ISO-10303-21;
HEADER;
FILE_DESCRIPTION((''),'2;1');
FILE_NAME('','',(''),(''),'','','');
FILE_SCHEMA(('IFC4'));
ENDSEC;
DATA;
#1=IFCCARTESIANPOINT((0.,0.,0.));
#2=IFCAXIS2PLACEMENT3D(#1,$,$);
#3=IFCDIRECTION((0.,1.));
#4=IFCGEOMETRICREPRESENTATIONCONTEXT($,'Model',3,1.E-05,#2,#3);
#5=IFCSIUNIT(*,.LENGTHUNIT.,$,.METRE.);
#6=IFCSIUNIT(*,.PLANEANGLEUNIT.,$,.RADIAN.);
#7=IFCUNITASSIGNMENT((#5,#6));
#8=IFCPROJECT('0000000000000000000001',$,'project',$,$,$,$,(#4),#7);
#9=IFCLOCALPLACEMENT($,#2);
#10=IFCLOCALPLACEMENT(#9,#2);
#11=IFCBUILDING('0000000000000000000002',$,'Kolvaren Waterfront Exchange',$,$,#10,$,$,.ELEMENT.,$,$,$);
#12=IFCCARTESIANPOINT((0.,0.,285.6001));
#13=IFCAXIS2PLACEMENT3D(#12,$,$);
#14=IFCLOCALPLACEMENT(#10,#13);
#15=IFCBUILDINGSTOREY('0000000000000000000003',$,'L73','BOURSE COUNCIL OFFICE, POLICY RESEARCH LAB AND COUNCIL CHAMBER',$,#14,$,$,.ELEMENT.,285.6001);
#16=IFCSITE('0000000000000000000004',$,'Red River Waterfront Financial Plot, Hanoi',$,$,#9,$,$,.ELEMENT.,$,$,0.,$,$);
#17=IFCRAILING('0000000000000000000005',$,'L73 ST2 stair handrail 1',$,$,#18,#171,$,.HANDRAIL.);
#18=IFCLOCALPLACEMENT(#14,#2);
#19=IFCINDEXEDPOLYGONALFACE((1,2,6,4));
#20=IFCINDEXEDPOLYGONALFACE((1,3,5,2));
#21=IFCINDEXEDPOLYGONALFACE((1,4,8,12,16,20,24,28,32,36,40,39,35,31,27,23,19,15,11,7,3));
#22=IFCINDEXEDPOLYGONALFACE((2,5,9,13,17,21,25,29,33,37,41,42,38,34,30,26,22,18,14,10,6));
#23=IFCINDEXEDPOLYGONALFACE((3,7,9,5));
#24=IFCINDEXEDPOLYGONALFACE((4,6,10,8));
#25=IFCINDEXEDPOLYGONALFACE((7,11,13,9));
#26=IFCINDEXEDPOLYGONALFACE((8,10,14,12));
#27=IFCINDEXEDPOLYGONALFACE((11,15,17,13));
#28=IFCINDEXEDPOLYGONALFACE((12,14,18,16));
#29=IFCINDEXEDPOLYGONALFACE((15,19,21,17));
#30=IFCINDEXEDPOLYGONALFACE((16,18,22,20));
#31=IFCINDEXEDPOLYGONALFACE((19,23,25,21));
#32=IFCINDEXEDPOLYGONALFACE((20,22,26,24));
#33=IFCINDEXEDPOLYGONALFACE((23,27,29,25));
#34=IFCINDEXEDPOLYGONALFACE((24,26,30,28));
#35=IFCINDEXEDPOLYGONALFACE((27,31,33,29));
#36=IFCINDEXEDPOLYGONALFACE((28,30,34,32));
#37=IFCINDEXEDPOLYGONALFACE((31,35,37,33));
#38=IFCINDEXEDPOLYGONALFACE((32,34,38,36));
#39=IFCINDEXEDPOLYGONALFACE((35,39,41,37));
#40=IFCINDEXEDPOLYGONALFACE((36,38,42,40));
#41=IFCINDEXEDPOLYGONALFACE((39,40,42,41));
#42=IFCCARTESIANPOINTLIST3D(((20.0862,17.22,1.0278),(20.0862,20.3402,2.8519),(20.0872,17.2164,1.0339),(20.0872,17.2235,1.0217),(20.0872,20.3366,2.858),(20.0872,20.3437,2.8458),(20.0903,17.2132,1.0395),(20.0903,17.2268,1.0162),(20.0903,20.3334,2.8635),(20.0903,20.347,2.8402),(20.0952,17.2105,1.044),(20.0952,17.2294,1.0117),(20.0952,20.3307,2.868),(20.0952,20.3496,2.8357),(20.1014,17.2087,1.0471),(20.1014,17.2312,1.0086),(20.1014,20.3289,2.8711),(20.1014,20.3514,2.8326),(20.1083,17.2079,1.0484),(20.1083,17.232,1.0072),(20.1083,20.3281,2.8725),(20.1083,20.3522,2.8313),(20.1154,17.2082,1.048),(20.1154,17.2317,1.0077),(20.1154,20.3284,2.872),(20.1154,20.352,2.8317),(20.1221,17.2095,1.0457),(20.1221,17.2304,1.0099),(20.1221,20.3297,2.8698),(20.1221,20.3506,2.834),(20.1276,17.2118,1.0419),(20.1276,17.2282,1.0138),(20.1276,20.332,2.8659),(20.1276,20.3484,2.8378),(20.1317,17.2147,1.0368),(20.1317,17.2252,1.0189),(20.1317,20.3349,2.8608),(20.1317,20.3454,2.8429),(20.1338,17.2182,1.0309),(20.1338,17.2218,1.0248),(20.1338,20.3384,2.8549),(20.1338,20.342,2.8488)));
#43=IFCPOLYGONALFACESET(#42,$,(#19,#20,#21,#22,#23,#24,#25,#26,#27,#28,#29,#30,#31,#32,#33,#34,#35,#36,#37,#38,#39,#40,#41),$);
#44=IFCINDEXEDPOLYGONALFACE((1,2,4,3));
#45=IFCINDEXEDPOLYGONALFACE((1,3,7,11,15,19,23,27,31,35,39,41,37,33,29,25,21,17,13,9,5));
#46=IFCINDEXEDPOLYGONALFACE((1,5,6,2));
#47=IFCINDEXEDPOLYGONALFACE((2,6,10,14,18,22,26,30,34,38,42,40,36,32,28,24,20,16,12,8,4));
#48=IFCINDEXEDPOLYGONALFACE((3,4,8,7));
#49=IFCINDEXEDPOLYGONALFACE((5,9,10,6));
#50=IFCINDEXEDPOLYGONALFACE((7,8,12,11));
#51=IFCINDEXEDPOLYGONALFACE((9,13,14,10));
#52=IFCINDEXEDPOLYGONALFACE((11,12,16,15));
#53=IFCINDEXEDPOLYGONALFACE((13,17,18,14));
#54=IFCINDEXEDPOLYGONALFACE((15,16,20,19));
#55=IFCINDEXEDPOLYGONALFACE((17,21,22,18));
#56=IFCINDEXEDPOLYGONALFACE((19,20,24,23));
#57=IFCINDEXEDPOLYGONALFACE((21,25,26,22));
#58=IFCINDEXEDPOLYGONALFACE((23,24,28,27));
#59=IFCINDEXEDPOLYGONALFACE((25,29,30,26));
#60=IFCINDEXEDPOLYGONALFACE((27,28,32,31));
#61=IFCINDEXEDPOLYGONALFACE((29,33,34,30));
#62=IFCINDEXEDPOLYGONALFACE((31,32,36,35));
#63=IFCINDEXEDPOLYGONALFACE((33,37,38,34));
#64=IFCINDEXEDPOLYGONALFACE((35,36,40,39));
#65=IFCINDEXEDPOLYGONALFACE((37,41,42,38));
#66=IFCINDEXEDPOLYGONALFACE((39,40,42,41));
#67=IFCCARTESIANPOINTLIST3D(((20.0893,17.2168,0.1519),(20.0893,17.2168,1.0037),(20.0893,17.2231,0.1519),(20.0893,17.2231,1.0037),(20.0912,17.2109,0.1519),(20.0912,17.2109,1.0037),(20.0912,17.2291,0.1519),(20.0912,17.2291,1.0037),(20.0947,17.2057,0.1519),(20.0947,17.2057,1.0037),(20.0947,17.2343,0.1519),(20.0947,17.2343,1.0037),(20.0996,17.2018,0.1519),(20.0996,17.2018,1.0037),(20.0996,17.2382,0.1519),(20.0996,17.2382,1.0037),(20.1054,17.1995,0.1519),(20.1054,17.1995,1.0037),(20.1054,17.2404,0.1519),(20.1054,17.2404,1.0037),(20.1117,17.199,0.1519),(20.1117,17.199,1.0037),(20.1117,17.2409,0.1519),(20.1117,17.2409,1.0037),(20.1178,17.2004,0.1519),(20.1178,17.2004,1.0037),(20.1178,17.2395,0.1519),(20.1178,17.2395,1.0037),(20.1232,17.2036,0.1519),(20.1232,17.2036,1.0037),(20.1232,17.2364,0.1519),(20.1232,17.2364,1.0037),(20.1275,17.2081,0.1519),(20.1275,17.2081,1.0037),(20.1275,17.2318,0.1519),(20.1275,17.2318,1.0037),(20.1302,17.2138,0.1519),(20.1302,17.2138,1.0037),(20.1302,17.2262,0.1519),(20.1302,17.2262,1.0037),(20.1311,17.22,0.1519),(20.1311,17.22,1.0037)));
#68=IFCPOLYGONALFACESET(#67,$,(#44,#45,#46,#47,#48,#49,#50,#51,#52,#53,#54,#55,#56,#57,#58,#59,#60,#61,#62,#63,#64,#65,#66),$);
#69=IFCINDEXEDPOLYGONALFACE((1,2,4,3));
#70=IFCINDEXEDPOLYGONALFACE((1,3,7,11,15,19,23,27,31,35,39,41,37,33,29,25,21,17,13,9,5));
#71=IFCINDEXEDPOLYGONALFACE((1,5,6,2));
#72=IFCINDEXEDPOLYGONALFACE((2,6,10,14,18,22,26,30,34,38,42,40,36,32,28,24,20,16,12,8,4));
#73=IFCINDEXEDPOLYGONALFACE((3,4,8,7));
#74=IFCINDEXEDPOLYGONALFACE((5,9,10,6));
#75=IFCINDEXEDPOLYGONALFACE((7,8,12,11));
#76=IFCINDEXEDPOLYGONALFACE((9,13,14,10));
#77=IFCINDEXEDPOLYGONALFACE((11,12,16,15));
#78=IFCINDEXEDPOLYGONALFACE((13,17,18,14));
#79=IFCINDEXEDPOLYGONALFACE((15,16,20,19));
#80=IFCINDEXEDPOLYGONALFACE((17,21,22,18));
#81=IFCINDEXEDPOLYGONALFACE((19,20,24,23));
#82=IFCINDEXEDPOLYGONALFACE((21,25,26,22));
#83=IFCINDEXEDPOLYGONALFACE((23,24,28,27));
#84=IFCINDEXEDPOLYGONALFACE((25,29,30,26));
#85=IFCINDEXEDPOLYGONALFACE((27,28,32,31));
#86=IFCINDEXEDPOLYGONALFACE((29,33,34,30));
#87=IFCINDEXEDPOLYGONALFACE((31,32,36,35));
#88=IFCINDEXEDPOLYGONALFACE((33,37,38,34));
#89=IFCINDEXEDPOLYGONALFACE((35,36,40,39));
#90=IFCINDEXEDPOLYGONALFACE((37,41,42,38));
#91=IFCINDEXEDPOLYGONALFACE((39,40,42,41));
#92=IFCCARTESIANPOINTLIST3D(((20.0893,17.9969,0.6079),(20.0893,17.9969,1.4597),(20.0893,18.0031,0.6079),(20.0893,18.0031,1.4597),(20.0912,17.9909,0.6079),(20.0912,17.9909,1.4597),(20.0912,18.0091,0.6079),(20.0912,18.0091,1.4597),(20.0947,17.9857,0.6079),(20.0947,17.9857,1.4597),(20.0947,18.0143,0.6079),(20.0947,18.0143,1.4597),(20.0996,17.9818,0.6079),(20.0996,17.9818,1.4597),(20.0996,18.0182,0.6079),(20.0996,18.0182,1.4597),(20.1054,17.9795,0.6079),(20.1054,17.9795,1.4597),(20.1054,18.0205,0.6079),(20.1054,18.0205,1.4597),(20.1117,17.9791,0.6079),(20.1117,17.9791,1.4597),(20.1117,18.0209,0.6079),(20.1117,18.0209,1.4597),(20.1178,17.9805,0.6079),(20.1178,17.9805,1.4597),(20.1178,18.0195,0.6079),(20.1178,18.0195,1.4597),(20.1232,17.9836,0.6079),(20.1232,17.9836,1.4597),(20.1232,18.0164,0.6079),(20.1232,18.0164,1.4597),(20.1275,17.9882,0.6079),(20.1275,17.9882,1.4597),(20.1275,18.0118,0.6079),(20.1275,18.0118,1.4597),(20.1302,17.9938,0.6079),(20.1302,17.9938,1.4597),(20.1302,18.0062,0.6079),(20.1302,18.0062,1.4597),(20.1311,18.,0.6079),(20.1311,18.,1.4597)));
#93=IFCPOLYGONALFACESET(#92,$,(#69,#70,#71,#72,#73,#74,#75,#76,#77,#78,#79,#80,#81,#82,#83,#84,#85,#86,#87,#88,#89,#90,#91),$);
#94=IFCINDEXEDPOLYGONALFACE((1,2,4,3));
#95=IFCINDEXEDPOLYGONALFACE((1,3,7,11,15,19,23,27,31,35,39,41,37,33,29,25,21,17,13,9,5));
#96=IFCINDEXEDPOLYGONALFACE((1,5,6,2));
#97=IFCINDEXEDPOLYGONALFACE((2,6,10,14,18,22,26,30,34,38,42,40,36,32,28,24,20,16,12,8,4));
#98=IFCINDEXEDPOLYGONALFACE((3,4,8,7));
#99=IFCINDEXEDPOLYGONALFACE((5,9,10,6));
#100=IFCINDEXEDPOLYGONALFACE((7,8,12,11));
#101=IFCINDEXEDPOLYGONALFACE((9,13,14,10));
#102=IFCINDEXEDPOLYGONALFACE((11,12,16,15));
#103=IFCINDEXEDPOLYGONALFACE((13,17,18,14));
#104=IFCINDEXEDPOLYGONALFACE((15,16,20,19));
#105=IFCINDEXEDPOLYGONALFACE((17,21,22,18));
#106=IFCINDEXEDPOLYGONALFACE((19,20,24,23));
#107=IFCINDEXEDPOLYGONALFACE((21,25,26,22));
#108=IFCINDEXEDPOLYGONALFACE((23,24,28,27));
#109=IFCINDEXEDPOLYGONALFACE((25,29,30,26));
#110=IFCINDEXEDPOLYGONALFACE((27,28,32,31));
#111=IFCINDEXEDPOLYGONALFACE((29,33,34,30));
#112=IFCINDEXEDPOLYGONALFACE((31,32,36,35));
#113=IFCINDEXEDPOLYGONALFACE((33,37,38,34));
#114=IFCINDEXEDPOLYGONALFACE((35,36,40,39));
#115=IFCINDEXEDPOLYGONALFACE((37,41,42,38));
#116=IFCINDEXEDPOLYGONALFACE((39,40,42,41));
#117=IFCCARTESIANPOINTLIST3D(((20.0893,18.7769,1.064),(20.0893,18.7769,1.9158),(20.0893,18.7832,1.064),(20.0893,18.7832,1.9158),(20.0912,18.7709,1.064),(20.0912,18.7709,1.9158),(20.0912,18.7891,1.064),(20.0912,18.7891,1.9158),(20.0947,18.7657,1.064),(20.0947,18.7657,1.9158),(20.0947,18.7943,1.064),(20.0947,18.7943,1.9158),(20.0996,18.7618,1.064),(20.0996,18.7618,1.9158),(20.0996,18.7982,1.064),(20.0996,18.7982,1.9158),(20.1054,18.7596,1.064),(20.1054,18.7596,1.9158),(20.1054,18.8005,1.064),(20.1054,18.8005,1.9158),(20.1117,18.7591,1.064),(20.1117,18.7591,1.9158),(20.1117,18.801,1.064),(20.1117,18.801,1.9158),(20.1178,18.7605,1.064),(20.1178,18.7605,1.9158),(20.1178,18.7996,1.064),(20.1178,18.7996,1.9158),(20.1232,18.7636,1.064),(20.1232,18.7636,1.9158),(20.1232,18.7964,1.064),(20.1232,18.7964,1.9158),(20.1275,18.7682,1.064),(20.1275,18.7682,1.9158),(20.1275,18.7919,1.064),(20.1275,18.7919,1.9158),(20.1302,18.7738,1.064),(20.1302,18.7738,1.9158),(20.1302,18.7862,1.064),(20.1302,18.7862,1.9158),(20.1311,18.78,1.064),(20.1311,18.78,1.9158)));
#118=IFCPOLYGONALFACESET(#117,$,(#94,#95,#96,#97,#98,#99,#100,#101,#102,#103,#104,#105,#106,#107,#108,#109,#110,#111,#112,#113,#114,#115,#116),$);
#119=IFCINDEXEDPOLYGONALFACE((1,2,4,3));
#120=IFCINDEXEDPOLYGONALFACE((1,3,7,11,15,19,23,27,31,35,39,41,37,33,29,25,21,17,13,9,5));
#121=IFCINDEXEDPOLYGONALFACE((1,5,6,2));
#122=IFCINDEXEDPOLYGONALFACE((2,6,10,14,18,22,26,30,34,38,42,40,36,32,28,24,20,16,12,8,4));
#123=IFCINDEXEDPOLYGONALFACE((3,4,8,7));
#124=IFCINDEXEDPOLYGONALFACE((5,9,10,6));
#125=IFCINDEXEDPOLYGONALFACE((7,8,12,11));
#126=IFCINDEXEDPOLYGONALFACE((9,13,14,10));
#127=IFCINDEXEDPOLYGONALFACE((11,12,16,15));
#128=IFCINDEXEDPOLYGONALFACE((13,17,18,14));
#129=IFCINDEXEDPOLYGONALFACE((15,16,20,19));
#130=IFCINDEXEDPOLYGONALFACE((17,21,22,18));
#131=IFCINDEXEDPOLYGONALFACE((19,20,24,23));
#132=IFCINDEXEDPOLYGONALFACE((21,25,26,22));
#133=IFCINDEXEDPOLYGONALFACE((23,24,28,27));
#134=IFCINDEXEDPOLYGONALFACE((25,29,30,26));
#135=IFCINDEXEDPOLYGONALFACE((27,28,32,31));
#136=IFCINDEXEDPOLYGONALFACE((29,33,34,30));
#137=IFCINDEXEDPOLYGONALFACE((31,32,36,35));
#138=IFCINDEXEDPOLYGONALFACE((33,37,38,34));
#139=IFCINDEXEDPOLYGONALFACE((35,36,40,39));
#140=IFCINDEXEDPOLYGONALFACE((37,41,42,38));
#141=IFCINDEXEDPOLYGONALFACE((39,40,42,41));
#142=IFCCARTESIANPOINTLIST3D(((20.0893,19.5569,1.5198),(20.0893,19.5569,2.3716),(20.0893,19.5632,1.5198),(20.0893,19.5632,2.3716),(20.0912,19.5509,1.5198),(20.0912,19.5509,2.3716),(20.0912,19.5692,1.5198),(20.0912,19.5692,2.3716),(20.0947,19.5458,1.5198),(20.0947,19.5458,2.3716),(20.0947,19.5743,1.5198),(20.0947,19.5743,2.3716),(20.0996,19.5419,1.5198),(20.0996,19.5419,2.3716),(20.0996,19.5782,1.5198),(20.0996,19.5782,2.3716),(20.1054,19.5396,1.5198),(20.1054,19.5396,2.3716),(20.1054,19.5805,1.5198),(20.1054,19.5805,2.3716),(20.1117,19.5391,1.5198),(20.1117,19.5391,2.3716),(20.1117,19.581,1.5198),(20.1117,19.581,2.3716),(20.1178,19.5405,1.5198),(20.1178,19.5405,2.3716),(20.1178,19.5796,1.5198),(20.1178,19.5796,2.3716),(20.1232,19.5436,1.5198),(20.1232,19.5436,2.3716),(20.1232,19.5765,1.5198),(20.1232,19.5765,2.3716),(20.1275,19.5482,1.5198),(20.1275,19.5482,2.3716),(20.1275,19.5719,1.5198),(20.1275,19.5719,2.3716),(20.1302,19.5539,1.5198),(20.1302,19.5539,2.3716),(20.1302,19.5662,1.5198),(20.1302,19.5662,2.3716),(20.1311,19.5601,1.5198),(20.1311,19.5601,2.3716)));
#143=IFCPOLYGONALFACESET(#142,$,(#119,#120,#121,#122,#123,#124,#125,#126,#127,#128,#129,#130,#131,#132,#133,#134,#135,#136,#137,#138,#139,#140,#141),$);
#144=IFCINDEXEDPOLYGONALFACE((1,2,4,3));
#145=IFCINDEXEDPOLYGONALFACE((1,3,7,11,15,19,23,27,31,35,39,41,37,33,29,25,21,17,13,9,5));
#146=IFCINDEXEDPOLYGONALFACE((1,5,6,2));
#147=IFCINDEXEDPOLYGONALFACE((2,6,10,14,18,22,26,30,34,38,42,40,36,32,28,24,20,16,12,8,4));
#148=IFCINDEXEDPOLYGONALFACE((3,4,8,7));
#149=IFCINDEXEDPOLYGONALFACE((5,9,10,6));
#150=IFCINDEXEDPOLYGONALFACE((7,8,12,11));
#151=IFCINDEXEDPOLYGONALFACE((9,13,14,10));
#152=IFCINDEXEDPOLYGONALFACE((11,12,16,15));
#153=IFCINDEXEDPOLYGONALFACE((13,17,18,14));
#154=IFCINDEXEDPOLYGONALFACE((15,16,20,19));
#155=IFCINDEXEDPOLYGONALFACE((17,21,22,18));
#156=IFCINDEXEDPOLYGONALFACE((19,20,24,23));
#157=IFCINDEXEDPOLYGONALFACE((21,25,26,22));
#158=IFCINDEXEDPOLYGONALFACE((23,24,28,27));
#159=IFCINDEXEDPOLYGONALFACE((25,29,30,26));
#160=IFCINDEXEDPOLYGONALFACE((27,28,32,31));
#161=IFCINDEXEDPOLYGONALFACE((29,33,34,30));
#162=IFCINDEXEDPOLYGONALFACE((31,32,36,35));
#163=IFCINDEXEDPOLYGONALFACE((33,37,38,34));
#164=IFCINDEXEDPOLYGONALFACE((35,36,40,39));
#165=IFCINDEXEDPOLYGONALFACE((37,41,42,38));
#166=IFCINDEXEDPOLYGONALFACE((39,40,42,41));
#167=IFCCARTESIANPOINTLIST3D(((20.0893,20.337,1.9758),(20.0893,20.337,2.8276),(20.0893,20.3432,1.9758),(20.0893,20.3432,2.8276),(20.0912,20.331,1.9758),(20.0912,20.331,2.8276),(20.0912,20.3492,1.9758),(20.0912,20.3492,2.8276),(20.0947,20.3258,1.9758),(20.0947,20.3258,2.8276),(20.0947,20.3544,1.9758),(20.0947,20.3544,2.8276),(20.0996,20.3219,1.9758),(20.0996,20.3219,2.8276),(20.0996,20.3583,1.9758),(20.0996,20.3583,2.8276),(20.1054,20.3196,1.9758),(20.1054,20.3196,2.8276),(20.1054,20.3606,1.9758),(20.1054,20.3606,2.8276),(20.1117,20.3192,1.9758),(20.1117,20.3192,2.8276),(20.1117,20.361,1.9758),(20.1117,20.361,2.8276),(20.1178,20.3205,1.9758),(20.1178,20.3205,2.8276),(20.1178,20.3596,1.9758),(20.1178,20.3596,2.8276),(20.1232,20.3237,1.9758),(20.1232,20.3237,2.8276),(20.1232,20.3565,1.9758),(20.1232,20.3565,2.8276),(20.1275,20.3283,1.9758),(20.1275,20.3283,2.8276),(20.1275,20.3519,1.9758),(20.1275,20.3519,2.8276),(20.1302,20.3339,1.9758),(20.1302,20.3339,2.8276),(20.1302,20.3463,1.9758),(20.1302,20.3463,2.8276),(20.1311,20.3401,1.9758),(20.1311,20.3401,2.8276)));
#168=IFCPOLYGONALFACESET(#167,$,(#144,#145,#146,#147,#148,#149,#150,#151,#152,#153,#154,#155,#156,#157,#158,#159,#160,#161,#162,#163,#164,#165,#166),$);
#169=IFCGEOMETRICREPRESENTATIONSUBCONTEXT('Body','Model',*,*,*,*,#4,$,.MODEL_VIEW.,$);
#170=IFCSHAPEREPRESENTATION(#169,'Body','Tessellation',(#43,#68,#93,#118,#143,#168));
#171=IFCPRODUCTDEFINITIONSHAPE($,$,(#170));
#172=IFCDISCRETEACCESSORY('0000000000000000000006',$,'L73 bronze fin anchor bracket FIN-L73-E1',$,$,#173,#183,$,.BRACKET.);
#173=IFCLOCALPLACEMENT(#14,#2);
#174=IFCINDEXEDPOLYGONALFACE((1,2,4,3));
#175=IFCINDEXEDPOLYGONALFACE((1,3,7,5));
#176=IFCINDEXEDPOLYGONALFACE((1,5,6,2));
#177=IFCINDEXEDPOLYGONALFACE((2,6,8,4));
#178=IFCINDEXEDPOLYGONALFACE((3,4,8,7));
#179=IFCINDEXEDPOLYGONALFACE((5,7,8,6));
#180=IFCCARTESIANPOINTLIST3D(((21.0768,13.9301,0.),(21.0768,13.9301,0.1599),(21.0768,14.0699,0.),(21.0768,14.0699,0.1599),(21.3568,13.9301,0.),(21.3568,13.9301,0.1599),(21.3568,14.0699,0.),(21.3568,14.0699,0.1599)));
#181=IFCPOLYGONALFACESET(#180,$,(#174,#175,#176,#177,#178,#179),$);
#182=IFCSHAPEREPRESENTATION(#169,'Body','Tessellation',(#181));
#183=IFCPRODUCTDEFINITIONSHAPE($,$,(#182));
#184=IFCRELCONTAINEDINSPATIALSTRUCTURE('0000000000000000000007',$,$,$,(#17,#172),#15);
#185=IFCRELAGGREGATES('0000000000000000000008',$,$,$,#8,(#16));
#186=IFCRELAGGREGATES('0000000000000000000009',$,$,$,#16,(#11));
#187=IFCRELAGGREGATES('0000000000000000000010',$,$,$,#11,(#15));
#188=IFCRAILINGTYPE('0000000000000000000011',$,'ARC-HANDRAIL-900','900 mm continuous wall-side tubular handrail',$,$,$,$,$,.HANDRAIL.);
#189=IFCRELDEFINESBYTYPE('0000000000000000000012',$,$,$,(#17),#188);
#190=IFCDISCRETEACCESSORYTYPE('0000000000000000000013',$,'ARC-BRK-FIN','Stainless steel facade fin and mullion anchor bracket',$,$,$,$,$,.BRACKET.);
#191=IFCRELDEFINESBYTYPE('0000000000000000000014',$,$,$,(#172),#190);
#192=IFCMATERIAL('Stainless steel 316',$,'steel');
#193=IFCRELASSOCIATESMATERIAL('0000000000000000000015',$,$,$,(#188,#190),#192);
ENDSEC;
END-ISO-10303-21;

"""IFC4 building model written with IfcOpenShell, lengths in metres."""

from ifc_helpers import new_model, si_unit, direction, frame, origin, origin_with_axes, origin_2d, place, context, subcontext, project, spatial, rectangle, circle, extrude, source, transform, mapped, material, type_object, element, save


model = new_model("IFC4")

# Units and contexts
model_context = context("Model", 3, precision=1e-05, world=origin(), true_north=direction((0.0, 1.0)))
body_context = subcontext(model_context, "Body", "Model", "MODEL_VIEW")
ifc_project = project(units=[si_unit("LENGTHUNIT", "METRE"), si_unit("PLANEANGLEUNIT", "RADIAN")], contexts=[model_context])

# Site, building, storey
site_placement = place(None, origin())
site = spatial("IfcSite", under=ifc_project, at=site_placement, Name="Red River Waterfront Financial Plot, Hanoi", CompositionType="ELEMENT", RefElevation=0.0)
building_placement = place(site_placement, origin())
building = spatial("IfcBuilding", under=site, at=building_placement, Name="Kolvaren Waterfront Exchange", CompositionType="ELEMENT")
storey_placement = place(building_placement, frame((0.0, 0.0, 285.6001)))
storey = spatial("IfcBuildingStorey", under=building, at=storey_placement, Name="L73", Description="BOURSE COUNCIL OFFICE, POLICY RESEARCH LAB AND COUNCIL CHAMBER", CompositionType="ELEMENT", Elevation=285.6001)

# Railing
ifc_material_1 = material(Name="Stainless steel 316", Category="steel")
railing_type_1 = type_object("IfcRailingType", Name="ARC-HANDRAIL-900", Description="900 mm continuous wall-side tubular handrail", PredefinedType="HANDRAIL", material=ifc_material_1)
railing_1_placement = place(storey_placement, frame((20.1101, 17.22, 0.1519)))
element("IfcRailing", 1, at=railing_1_placement, inside=storey, type_object=railing_type_1, Name="L73 ST2 stair handrail 1", PredefinedType="HANDRAIL", context=body_context, shape_type="SweptSolid", body=[
    extrude(circle(Radius=0.0239, at=origin_2d()), frame((0.0, 0.0, 0.876), z_axis=(0.0, 0.863308, 0.504677), x_axis=(-1.0, 0.0, 0.0)), (0.0, 0.0, 1.0), 3.6143),
    extrude(circle(Radius=0.021, at=origin_2d()), origin(), (0.0, 0.0, 1.0), 0.8518),
    extrude(circle(Radius=0.021, at=origin_2d()), frame((0.0, 0.78, 0.4561)), (0.0, 0.0, 1.0), 0.8518),
    extrude(circle(Radius=0.021, at=origin_2d()), frame((0.0, 1.5601, 0.9121)), (0.0, 0.0, 1.0), 0.8518),
    extrude(circle(Radius=0.021, at=origin_2d()), frame((0.0, 2.3401, 1.3679)), (0.0, 0.0, 1.0), 0.8518),
    extrude(circle(Radius=0.021, at=origin_2d()), frame((0.0, 3.1201, 1.824)), (0.0, 0.0, 1.0), 0.8518),
])

# Discrete accessory
discrete_accessory_type = type_object("IfcDiscreteAccessoryType", Name="ARC-BRK-FIN", Description="Stainless steel facade fin and mullion anchor bracket", PredefinedType="BRACKET", material=ifc_material_1)
shared_shape = source(origin_with_axes(), body_context, "Body", "SweptSolid", [
    extrude(rectangle(XDim=0.28, YDim=0.1399, at=origin_2d()), origin(), (0.0, 0.0, 1.0), 0.1599),
])
discrete_accessory_placement = place(storey_placement, frame((21.2168, 14.0, 0.0), z_axis=(0.0, 0.0, 1.0), x_axis=(1.0, 0.0, 0.0)))
element("IfcDiscreteAccessory", 2, at=discrete_accessory_placement, inside=storey, type_object=discrete_accessory_type, Name="L73 bronze fin anchor bracket FIN-L73-E1", PredefinedType="BRACKET", context=body_context, shape_type="MappedRepresentation", body=[
    mapped(shared_shape, transform((0.0, 0.0, 0.0), x_axis=(1.0, 0.0, 0.0), y_axis=(0.0, 1.0, 0.0), z_axis=(0.0, 0.0, 1.0), scale=1.0)),
])

save(model, "model.ifc")
